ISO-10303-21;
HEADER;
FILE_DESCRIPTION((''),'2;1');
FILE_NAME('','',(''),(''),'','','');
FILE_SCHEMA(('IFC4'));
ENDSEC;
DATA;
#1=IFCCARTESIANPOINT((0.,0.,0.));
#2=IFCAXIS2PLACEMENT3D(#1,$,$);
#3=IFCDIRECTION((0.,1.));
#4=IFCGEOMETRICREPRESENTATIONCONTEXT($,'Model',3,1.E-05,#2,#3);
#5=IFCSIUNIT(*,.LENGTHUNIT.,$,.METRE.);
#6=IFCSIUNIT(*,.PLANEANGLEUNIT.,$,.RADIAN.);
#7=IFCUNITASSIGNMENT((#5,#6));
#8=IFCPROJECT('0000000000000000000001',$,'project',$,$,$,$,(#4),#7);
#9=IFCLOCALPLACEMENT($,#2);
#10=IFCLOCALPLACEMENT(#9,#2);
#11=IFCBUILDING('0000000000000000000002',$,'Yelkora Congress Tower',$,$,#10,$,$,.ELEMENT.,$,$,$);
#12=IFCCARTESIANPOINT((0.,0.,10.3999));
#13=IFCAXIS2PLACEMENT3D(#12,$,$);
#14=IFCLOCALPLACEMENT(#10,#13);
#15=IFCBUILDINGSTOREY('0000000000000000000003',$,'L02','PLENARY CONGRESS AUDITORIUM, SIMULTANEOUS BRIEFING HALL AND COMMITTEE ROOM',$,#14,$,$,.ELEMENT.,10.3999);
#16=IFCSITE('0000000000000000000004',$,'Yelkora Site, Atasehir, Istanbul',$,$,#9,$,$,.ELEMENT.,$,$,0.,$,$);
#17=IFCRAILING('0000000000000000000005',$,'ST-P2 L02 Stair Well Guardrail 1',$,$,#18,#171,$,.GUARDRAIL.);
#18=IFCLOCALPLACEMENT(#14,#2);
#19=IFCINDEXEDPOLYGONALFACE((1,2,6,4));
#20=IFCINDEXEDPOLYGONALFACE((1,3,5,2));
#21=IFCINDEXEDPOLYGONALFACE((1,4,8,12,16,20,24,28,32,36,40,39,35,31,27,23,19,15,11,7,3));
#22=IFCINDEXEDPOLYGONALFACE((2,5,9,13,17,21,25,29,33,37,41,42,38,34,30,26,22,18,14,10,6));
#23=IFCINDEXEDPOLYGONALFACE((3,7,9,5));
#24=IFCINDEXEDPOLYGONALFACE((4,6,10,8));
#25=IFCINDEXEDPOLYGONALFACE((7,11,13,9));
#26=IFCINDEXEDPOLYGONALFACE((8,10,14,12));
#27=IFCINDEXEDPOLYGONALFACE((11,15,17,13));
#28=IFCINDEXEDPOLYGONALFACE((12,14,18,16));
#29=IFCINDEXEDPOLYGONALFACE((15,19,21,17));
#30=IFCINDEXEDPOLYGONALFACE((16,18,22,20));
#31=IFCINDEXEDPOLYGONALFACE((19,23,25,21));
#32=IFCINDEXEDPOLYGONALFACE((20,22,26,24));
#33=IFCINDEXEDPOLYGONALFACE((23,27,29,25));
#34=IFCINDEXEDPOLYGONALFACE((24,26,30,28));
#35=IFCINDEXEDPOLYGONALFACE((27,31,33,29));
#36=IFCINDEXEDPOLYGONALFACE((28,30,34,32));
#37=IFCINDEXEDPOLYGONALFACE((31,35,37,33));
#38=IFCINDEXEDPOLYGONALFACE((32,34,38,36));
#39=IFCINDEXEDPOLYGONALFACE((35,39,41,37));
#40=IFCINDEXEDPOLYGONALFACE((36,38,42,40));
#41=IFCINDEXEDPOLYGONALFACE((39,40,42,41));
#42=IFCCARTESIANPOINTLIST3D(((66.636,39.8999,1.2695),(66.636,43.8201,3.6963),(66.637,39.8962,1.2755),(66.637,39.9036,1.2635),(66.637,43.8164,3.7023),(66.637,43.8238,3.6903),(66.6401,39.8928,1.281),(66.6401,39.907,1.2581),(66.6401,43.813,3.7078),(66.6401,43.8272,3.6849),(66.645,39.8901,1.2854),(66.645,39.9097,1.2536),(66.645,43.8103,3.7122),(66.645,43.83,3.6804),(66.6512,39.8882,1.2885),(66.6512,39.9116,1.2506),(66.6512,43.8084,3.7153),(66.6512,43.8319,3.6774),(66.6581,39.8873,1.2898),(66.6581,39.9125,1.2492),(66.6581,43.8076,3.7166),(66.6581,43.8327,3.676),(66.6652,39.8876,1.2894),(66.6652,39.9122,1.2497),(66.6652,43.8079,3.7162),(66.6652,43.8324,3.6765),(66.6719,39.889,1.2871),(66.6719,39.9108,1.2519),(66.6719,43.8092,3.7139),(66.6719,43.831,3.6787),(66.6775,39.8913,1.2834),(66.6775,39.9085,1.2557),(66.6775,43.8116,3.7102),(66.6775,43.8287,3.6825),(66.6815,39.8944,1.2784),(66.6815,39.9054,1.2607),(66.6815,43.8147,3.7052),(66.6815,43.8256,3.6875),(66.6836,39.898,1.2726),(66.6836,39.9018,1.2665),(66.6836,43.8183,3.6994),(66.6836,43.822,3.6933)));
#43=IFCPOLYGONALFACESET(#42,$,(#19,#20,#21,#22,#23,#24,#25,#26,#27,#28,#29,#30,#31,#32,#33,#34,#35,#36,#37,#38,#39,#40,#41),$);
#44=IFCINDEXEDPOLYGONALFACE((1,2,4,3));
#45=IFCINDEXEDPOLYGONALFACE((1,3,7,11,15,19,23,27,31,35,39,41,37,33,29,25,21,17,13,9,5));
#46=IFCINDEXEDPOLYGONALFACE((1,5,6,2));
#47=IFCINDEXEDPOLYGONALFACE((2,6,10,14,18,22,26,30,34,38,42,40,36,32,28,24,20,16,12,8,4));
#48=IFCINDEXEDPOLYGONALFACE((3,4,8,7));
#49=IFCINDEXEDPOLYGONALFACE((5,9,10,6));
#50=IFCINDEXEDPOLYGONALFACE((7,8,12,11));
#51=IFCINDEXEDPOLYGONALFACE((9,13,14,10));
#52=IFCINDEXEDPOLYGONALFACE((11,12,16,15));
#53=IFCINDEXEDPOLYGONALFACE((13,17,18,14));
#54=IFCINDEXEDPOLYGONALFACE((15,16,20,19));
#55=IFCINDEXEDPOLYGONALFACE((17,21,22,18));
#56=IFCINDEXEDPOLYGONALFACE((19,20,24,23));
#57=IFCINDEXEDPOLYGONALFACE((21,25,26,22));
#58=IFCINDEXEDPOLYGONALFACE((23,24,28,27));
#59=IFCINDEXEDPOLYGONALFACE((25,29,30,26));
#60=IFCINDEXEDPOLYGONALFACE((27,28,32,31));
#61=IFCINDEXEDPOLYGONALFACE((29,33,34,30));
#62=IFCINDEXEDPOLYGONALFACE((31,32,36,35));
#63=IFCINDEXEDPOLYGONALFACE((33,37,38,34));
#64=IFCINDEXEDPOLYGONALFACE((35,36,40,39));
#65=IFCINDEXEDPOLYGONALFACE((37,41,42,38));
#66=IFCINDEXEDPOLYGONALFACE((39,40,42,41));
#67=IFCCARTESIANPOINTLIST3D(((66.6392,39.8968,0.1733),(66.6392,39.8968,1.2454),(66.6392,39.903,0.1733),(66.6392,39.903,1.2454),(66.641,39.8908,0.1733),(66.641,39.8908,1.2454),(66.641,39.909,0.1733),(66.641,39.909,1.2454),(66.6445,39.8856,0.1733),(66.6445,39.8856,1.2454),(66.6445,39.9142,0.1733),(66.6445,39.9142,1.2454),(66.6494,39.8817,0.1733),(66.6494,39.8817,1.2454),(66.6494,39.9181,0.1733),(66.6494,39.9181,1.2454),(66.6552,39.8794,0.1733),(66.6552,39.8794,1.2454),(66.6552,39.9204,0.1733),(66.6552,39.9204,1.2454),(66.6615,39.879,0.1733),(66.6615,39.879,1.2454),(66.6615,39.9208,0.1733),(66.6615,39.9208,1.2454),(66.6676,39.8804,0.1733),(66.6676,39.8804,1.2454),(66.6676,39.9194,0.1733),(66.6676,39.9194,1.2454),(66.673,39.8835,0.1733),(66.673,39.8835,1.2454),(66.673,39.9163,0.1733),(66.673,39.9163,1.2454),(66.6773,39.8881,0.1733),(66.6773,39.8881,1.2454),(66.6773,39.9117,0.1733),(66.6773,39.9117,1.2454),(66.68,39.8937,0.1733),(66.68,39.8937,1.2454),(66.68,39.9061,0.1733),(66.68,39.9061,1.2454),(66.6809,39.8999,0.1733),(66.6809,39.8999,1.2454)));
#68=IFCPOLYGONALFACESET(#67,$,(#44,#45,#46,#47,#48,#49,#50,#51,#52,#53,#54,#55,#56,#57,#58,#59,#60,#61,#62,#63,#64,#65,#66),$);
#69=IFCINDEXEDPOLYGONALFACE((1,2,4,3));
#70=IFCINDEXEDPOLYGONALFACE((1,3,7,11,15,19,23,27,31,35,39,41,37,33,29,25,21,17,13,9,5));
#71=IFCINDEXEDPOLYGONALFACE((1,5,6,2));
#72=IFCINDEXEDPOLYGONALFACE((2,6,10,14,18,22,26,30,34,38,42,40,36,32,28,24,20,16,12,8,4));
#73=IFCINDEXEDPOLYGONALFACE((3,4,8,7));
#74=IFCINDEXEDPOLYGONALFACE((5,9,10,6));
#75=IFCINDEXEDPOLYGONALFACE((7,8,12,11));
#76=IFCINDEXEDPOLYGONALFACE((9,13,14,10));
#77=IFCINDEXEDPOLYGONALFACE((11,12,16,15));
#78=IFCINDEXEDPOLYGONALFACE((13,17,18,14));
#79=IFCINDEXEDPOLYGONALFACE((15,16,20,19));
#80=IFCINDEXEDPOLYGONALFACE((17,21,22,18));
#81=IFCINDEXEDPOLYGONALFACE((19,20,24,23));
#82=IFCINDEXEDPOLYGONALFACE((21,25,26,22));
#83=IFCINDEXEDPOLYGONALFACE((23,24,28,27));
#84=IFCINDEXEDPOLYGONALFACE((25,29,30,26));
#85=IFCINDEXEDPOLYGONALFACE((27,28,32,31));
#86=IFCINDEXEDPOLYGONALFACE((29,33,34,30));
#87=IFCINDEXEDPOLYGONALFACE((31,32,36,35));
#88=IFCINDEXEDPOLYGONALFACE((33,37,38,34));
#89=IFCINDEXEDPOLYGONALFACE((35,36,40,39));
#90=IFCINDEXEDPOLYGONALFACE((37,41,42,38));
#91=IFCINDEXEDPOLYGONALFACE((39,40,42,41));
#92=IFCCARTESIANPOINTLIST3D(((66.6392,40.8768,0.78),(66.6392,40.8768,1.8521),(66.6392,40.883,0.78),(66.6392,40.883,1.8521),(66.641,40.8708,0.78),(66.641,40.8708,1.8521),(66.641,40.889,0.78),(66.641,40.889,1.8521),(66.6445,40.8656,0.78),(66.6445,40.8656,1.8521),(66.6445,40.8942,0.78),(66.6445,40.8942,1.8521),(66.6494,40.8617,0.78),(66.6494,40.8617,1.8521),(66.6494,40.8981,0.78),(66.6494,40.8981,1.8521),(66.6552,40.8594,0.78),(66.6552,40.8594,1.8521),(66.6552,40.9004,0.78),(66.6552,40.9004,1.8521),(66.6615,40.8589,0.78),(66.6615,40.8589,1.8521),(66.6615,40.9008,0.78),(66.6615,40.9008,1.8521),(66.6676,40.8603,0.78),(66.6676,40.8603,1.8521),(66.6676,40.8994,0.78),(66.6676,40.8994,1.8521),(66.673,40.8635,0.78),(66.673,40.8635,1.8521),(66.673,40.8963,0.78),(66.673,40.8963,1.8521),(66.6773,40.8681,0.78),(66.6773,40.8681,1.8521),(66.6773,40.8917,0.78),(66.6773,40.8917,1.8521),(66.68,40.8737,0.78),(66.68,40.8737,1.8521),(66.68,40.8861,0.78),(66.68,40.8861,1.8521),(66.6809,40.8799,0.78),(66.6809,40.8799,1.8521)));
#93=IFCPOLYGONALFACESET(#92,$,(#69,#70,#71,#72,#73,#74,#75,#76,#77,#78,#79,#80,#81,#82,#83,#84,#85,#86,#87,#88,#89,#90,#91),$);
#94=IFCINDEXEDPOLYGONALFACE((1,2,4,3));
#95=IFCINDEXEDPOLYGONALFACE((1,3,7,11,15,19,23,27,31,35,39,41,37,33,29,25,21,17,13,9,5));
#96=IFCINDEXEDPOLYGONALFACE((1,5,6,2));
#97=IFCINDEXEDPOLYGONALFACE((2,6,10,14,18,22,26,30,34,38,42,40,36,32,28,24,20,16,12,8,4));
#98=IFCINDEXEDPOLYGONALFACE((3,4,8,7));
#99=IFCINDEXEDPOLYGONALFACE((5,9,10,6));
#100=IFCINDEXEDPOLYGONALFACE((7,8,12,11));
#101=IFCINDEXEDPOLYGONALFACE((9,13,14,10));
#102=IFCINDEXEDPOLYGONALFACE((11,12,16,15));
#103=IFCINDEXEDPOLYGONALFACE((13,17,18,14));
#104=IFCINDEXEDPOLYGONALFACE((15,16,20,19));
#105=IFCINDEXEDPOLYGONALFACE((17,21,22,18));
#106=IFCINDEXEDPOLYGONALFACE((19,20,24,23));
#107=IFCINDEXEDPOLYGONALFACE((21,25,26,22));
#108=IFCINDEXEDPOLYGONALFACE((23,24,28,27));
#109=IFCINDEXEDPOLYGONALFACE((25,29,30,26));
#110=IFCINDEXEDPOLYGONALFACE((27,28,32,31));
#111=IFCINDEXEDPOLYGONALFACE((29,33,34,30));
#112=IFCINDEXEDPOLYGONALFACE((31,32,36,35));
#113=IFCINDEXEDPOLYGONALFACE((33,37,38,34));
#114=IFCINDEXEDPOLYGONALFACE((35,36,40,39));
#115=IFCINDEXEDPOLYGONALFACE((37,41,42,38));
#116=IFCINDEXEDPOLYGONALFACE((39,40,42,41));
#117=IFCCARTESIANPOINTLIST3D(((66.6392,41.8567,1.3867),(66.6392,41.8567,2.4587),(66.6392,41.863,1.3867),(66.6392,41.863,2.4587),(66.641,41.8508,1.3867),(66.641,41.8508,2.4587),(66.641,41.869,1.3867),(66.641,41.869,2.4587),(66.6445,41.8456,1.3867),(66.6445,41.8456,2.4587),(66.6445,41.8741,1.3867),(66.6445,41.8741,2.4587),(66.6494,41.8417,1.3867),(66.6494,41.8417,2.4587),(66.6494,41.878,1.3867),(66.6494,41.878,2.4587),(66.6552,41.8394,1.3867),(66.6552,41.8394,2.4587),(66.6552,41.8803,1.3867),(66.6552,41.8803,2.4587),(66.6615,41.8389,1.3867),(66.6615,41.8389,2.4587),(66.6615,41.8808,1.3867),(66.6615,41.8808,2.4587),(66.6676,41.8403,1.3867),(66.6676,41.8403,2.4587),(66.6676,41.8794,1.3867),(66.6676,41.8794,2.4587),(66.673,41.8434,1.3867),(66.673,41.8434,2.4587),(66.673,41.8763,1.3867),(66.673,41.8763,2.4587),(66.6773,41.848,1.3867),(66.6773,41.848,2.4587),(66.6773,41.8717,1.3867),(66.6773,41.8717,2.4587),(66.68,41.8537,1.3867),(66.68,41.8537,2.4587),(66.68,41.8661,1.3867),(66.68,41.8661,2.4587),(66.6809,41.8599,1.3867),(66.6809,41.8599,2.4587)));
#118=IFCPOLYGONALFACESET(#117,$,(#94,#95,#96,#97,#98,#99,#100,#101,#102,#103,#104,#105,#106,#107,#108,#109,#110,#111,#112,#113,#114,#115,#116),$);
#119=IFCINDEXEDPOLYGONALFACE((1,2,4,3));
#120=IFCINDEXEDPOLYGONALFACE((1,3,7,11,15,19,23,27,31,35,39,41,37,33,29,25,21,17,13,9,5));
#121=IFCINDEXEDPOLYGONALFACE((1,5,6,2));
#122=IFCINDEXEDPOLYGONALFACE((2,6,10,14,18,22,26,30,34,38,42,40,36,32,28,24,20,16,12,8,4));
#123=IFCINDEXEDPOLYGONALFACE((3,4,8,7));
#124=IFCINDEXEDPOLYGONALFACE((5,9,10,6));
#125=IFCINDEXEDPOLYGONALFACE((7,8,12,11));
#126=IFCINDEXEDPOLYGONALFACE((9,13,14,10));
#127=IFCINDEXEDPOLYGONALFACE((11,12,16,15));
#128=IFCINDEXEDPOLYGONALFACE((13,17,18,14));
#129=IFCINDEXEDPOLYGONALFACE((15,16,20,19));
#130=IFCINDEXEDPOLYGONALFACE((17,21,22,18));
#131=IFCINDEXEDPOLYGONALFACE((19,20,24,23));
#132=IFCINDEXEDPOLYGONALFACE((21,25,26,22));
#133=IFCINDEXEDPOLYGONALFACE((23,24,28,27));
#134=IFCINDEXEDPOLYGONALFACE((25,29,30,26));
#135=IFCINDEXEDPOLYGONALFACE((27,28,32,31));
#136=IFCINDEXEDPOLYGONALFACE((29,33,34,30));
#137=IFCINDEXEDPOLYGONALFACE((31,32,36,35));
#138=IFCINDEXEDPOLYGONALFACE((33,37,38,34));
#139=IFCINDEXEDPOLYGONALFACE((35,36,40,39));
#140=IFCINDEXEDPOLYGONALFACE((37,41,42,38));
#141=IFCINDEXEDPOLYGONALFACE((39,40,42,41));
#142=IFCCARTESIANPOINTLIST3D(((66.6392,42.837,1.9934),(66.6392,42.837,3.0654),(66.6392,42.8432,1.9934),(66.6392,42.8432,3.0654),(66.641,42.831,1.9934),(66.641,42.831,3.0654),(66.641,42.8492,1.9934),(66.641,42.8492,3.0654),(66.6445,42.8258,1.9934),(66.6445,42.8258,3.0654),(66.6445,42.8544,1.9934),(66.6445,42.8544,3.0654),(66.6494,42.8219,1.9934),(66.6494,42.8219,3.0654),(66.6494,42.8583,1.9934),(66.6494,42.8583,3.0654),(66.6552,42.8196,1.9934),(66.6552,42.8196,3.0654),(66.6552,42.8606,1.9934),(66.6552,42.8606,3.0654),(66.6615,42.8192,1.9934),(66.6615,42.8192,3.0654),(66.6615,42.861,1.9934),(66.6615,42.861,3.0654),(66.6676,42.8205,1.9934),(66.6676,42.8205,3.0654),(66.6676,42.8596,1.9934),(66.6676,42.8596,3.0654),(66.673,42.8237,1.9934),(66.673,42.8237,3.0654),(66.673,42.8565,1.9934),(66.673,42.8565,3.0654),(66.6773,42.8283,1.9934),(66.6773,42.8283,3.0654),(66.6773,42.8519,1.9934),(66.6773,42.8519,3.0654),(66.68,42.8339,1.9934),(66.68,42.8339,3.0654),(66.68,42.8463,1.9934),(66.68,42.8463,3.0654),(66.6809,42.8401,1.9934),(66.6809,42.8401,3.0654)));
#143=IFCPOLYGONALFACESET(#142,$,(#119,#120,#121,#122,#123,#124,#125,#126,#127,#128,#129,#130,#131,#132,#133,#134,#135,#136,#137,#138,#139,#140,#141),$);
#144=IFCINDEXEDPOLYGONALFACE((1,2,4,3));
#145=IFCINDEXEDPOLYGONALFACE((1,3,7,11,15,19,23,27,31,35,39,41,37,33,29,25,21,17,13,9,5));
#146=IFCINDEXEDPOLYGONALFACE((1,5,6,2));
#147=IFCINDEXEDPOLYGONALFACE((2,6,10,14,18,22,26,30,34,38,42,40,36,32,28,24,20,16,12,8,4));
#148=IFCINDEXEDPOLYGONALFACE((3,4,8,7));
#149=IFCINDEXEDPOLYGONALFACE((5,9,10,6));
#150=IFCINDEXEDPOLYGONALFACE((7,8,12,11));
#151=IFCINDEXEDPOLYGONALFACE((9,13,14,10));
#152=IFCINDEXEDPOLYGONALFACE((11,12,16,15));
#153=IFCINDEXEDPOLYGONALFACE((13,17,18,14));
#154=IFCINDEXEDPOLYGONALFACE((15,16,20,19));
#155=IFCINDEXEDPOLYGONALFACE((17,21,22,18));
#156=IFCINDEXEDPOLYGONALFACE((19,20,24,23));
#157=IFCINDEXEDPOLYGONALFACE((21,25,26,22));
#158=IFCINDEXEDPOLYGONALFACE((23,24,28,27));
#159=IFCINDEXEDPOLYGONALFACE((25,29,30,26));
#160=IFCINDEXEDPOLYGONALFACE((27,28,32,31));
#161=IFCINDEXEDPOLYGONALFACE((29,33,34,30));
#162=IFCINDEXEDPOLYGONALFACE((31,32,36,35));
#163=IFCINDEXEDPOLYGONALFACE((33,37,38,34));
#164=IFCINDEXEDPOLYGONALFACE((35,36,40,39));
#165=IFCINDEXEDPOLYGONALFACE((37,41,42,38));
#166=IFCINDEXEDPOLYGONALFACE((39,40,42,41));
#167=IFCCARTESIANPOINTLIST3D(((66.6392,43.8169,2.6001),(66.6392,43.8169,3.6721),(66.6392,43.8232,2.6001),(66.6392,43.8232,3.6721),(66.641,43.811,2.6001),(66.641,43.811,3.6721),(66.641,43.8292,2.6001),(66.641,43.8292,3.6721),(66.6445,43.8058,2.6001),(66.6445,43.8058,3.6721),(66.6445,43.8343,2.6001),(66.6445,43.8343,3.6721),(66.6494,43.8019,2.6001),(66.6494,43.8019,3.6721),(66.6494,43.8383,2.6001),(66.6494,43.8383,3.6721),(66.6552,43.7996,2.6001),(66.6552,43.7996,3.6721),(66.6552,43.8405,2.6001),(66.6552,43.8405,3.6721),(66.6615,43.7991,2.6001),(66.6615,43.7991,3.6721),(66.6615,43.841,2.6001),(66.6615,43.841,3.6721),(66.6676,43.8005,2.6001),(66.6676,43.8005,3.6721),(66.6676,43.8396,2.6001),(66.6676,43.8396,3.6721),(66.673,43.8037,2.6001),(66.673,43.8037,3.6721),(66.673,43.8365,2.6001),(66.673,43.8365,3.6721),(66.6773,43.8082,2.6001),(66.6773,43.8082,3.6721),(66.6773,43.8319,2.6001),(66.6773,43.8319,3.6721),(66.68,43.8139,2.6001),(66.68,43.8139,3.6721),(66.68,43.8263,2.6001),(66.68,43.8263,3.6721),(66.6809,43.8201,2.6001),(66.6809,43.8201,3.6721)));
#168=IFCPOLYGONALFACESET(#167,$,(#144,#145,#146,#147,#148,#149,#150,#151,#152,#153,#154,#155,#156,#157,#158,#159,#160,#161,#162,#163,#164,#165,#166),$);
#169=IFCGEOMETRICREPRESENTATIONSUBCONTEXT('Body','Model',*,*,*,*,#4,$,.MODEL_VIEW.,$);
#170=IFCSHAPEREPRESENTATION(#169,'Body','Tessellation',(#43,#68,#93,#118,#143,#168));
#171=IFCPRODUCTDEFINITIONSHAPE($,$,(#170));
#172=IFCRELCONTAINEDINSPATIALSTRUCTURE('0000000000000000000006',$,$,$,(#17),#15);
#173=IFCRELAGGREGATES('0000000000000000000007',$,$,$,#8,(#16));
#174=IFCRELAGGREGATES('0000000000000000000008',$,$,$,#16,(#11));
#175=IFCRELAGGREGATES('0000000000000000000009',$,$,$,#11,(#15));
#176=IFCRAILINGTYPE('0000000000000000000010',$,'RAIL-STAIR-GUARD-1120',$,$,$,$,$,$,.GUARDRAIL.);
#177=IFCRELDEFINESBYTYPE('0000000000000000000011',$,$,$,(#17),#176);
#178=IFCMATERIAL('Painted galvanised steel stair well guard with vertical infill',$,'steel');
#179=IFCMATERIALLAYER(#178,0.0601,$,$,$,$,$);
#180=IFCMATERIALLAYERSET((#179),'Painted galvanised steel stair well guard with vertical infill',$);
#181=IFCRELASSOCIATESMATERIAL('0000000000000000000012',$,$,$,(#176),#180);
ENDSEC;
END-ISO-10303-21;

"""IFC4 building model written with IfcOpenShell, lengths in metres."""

from ifc_helpers import new_model, si_unit, direction, frame, origin, origin_2d, place, context, subcontext, project, spatial, circle, extrude, material, layer, layer_set, type_object, element, save


model = new_model("IFC4")

# Units and contexts
model_context = context("Model", 3, precision=1e-05, world=origin(), true_north=direction((0.0, 1.0)))
body_context = subcontext(model_context, "Body", "Model", "MODEL_VIEW")
ifc_project = project(units=[si_unit("LENGTHUNIT", "METRE"), si_unit("PLANEANGLEUNIT", "RADIAN")], contexts=[model_context])

# Site, building, storey
site_placement = place(None, origin())
site = spatial("IfcSite", under=ifc_project, at=site_placement, Name="Yelkora Site, Atasehir, Istanbul", CompositionType="ELEMENT", RefElevation=0.0)
building_placement = place(site_placement, origin())
building = spatial("IfcBuilding", under=site, at=building_placement, Name="Yelkora Congress Tower", CompositionType="ELEMENT")
storey_placement = place(building_placement, frame((0.0, 0.0, 10.3999)))
storey = spatial("IfcBuildingStorey", under=building, at=storey_placement, Name="L02", Description="PLENARY CONGRESS AUDITORIUM, SIMULTANEOUS BRIEFING HALL AND COMMITTEE ROOM", CompositionType="ELEMENT", Elevation=10.3999)

# Railing
ifc_material_1 = material(Name="Painted galvanised steel stair well guard with vertical infill", Category="steel")
ifc_layer_1 = layer(ifc_material_1, 0.0601)
ifc_layer_set_1 = layer_set([ifc_layer_1], Name="Painted galvanised steel stair well guard with vertical infill")
railing_type_1 = type_object("IfcRailingType", Name="RAIL-STAIR-GUARD-1120", PredefinedType="GUARDRAIL", material=ifc_layer_set_1)
railing_1_placement = place(storey_placement, frame((66.6599, 39.8999, 0.1733)))
element("IfcRailing", 1, at=railing_1_placement, inside=storey, type_object=railing_type_1, Name="ST-P2 L02 Stair Well Guardrail 1", PredefinedType="GUARDRAIL", context=body_context, shape_type="SweptSolid", body=[
    extrude(circle(Radius=0.0239, at=origin_2d()), frame((0.0, 0.0, 1.0962), z_axis=(0.0, 0.850266, 0.526353), x_axis=(-1.0, 0.0, 0.0)), (0.0, 0.0, 1.0), 4.6106),
    extrude(circle(Radius=0.021, at=origin_2d()), origin(), (0.0, 0.0, 1.0), 1.072),
    extrude(circle(Radius=0.021, at=origin_2d()), frame((0.0, 0.98, 0.6067)), (0.0, 0.0, 1.0), 1.072),
    extrude(circle(Radius=0.021, at=origin_2d()), frame((0.0, 1.96, 1.2134)), (0.0, 0.0, 1.0), 1.072),
    extrude(circle(Radius=0.021, at=origin_2d()), frame((0.0, 2.9402, 1.8201)), (0.0, 0.0, 1.0), 1.072),
    extrude(circle(Radius=0.021, at=origin_2d()), frame((0.0, 3.9202, 2.4268)), (0.0, 0.0, 1.0), 1.072),
])

save(model, "model.ifc")
